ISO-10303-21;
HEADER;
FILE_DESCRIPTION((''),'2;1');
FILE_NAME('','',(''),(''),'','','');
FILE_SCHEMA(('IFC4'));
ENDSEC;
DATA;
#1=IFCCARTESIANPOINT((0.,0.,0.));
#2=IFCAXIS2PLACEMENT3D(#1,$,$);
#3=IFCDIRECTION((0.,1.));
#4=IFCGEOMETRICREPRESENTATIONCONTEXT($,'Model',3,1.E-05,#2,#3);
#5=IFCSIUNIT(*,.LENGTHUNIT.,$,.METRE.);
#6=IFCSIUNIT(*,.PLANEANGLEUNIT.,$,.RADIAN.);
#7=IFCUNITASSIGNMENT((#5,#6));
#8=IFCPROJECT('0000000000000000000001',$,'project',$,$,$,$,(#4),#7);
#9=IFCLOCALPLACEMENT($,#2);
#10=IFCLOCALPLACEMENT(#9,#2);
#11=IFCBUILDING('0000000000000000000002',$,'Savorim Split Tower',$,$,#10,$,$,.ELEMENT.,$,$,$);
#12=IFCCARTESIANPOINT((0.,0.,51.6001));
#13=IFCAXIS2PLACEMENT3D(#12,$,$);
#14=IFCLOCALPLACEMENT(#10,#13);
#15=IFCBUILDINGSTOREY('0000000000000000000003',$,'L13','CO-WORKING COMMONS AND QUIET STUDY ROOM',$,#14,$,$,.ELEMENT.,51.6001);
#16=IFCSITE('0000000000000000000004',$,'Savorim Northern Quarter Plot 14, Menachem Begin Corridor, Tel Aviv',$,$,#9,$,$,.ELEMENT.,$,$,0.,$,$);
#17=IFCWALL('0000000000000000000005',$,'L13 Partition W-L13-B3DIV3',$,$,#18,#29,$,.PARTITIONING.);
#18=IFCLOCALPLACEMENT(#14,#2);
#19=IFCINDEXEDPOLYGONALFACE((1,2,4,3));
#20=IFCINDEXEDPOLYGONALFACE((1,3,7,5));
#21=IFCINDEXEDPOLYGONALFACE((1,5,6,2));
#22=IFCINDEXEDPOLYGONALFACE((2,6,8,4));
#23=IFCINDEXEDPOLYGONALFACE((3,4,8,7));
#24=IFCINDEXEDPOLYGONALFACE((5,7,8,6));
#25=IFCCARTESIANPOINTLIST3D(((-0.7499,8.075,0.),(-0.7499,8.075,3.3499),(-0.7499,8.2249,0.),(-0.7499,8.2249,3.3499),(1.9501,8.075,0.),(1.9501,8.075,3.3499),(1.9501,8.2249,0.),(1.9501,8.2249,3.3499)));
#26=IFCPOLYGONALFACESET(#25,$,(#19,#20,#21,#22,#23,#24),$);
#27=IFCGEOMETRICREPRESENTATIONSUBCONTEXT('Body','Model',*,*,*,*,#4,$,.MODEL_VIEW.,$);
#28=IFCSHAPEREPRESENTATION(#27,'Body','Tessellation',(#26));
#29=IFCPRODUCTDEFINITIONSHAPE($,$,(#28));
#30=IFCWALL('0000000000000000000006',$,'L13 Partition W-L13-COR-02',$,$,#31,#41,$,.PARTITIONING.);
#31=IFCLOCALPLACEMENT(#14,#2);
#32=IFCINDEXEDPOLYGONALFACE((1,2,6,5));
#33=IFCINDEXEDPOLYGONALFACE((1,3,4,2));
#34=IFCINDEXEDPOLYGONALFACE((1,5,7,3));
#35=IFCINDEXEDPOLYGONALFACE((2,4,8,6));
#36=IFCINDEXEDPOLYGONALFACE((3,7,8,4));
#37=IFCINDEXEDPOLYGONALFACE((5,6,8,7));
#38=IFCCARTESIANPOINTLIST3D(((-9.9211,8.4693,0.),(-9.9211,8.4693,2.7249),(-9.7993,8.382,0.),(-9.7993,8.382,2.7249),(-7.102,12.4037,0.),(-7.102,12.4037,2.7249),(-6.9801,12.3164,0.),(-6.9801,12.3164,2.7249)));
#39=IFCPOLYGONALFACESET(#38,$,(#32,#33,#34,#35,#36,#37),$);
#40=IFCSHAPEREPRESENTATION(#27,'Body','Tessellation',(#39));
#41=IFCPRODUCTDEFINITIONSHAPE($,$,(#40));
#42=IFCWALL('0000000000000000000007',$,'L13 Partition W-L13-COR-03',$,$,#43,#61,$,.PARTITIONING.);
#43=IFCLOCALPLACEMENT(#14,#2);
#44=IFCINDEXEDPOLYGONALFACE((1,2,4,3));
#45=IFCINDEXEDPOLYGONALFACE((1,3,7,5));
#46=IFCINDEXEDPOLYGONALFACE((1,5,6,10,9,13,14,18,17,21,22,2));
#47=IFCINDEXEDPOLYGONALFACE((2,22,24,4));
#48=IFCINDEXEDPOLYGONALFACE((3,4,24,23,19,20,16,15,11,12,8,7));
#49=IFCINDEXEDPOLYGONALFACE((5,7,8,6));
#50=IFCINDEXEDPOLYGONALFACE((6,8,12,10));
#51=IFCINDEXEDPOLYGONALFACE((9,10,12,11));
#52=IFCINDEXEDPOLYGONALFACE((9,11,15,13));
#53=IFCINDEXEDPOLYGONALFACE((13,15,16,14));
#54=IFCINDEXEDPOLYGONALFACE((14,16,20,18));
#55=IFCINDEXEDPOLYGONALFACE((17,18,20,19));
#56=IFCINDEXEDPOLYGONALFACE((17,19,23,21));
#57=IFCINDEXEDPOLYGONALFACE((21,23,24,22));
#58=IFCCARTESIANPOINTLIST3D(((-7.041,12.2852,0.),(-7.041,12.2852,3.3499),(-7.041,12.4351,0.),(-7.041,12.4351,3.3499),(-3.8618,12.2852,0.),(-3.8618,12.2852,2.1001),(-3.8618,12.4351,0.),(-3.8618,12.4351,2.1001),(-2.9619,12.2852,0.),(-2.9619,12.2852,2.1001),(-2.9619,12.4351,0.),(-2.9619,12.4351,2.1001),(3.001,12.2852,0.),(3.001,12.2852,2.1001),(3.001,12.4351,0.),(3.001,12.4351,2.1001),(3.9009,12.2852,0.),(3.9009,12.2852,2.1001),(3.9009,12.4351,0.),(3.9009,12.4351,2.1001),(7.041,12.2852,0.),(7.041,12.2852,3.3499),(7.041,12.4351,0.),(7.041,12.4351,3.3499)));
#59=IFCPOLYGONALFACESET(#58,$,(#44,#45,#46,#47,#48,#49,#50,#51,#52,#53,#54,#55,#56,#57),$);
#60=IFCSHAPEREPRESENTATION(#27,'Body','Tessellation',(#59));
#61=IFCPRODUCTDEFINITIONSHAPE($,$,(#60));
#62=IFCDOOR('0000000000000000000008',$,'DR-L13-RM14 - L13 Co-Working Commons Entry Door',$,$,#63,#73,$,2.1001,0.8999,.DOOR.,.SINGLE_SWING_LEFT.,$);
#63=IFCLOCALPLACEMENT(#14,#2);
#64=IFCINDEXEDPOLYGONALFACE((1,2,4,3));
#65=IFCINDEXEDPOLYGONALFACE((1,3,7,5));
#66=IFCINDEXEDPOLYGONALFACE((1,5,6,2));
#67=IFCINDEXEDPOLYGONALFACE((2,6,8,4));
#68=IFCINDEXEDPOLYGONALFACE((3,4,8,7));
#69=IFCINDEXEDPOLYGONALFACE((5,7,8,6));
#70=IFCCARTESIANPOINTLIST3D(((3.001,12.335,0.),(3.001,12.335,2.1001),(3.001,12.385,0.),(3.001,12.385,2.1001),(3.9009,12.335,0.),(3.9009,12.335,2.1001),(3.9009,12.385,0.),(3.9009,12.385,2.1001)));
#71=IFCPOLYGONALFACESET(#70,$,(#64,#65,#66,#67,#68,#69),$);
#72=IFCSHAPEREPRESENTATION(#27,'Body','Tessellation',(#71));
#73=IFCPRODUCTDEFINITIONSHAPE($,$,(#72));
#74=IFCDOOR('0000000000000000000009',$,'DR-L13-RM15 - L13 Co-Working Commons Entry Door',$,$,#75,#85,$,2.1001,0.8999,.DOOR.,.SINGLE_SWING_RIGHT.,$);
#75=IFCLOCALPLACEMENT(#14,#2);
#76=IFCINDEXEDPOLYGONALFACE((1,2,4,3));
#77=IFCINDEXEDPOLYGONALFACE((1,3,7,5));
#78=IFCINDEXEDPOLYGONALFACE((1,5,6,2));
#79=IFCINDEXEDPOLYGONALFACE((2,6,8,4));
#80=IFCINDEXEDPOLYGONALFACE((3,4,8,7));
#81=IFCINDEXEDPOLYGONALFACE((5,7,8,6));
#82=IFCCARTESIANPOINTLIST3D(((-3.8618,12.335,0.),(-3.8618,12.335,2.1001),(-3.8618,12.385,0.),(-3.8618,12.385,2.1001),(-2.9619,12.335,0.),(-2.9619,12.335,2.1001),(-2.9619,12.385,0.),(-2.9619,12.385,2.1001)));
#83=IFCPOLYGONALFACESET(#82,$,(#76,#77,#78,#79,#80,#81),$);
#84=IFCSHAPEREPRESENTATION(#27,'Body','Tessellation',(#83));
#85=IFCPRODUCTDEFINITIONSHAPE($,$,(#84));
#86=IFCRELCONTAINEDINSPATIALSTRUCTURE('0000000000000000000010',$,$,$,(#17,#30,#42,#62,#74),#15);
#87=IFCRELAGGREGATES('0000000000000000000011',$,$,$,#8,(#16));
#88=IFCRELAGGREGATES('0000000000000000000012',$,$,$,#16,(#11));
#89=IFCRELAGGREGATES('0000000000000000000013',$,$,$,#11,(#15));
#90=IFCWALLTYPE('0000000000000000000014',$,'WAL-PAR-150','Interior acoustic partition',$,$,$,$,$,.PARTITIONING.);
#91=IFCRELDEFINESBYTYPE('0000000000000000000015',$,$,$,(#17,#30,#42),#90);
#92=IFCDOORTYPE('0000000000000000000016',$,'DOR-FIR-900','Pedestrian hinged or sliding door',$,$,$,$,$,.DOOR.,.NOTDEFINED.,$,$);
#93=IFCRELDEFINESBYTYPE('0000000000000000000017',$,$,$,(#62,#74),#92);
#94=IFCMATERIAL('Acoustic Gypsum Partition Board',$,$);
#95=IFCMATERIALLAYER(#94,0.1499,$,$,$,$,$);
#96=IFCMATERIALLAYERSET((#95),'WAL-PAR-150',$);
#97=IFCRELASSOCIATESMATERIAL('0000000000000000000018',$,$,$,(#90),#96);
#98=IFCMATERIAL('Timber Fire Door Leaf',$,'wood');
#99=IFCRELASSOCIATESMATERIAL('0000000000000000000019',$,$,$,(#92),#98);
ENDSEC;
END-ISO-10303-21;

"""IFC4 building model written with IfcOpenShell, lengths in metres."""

from ifc_helpers import new_model, si_unit, direction, frame, frame_2d, origin, place, context, subcontext, project, spatial, rectangle, extrude, material, layer, layer_set, type_object, element, fill, save


model = new_model("IFC4")

# Units and contexts
model_context = context("Model", 3, precision=1e-05, world=origin(), true_north=direction((0.0, 1.0)))
body_context = subcontext(model_context, "Body", "Model", "MODEL_VIEW")
ifc_project = project(units=[si_unit("LENGTHUNIT", "METRE"), si_unit("PLANEANGLEUNIT", "RADIAN")], contexts=[model_context])

# Site, building, storey
site_placement = place(None, origin())
site = spatial("IfcSite", under=ifc_project, at=site_placement, Name="Savorim Northern Quarter Plot 14, Menachem Begin Corridor, Tel Aviv", CompositionType="ELEMENT", RefElevation=0.0)
building_placement = place(site_placement, origin())
building = spatial("IfcBuilding", under=site, at=building_placement, Name="Savorim Split Tower", CompositionType="ELEMENT")
storey_placement = place(building_placement, frame((0.0, 0.0, 51.6001)))
storey = spatial("IfcBuildingStorey", under=building, at=storey_placement, Name="L13", Description="CO-WORKING COMMONS AND QUIET STUDY ROOM", CompositionType="ELEMENT", Elevation=51.6001)

# Walls
ifc_material_1 = material(Name="Acoustic Gypsum Partition Board")
ifc_layer_1 = layer(ifc_material_1, 0.1499)
ifc_layer_set_1 = layer_set([ifc_layer_1], Name="WAL-PAR-150")
wall_type_1 = type_object("IfcWallType", Name="WAL-PAR-150", Description="Interior acoustic partition", PredefinedType="PARTITIONING", material=ifc_layer_set_1)
for number, where, z_axis, x_axis, name in (
    (1, (-0.75, 8.1499, 0.0), (0.0, 0.0, 1.0), (1.0, 0.0, 0.0), "L13 Partition W-L13-B3DIV3"),
):
    element("IfcWall", number, at=place(storey_placement, frame(where, z_axis=z_axis, x_axis=x_axis)), inside=storey, type_object=wall_type_1, Name=name, PredefinedType="PARTITIONING", context=body_context, shape_type="SweptSolid", body=[
        extrude(rectangle(XDim=2.7, YDim=0.1499, at=frame_2d((1.3501, 0.0))), origin(), (0.0, 0.0, 1.0), 3.3499),
    ])
wall_1_placement = place(storey_placement, frame((-9.8601, 8.4258, 0.0), z_axis=(0.0, 0.0, 1.0), x_axis=(0.58245, 0.812867, 0.0)))
element("IfcWall", 2, at=wall_1_placement, inside=storey, type_object=wall_type_1, Name="L13 Partition W-L13-COR-02", PredefinedType="PARTITIONING", context=body_context, shape_type="SweptSolid", body=[
    extrude(rectangle(XDim=4.8401, YDim=0.1499, at=frame_2d((2.4199, 0.0))), origin(), (0.0, 0.0, 1.0), 2.7249),
])

# Wall, openings, doors
wall_2_placement = place(storey_placement, frame((-7.041, 12.3601, 0.0), z_axis=(0.0, 0.0, 1.0), x_axis=(1.0, 0.0, 0.0)))
wall_2 = element("IfcWall", 3, at=wall_2_placement, inside=storey, type_object=wall_type_1, Name="L13 Partition W-L13-COR-03", PredefinedType="PARTITIONING", context=body_context, shape_type="SweptSolid", body=[
    extrude(rectangle(XDim=14.082, YDim=0.1499, at=frame_2d((7.041, 0.0))), origin(), (0.0, 0.0, 1.0), 3.3499),
])
opening_1_placement = place(wall_2_placement, frame((10.042, 0.0, 0.0)))
opening_1 = element("IfcOpeningElement", 4, at=opening_1_placement, cuts=wall_2, PredefinedType="OPENING", context=body_context, shape_type="SweptSolid", body=[
    extrude(rectangle(XDim=0.8999, YDim=2.1001, at=frame_2d((0.45, 1.05))), frame((0.0, 0.085, 0.0), z_axis=(0.0, -1.0, 0.0), x_axis=(1.0, 0.0, 0.0)), (0.0, 0.0, 1.0), 0.1699),
])
opening_2_placement = place(wall_2_placement, frame((3.1792, 0.0, 0.0)))
opening_2 = element("IfcOpeningElement", 5, at=opening_2_placement, cuts=wall_2, PredefinedType="OPENING", context=body_context, shape_type="SweptSolid", body=[
    extrude(rectangle(XDim=0.8999, YDim=2.1001, at=frame_2d((0.45, 1.05))), frame((0.0, 0.085, 0.0), z_axis=(0.0, -1.0, 0.0), x_axis=(1.0, 0.0, 0.0)), (0.0, 0.0, 1.0), 0.1699),
])
ifc_material_2 = material(Name="Timber Fire Door Leaf", Category="wood")
door_type_1 = type_object("IfcDoorType", Name="DOR-FIR-900", Description="Pedestrian hinged or sliding door", OperationType="NOTDEFINED", PredefinedType="DOOR", material=ifc_material_2)
door_1_placement = place(opening_1_placement, origin())
door_1 = element("IfcDoor", 6, at=door_1_placement, inside=storey, type_object=door_type_1, Name="DR-L13-RM14 - L13 Co-Working Commons Entry Door", OperationType="SINGLE_SWING_LEFT", OverallHeight=2.1001, OverallWidth=0.8999, PredefinedType="DOOR", context=body_context, shape_type="SweptSolid", body=[
    extrude(rectangle(XDim=0.8999, YDim=2.1001, at=frame_2d((0.45, 1.05))), frame((0.0, 0.0249, 0.0), z_axis=(0.0, -1.0, 0.0), x_axis=(1.0, 0.0, 0.0)), (0.0, 0.0, 1.0), 0.05),
])
fill(opening_1, door_1)
door_2_placement = place(opening_2_placement, origin())
door_2 = element("IfcDoor", 7, at=door_2_placement, inside=storey, type_object=door_type_1, Name="DR-L13-RM15 - L13 Co-Working Commons Entry Door", OperationType="SINGLE_SWING_RIGHT", OverallHeight=2.1001, OverallWidth=0.8999, PredefinedType="DOOR", context=body_context, shape_type="SweptSolid", body=[
    extrude(rectangle(XDim=0.8999, YDim=2.1001, at=frame_2d((0.45, 1.05))), frame((0.0, 0.0249, 0.0), z_axis=(0.0, -1.0, 0.0), x_axis=(1.0, 0.0, 0.0)), (0.0, 0.0, 1.0), 0.05),
])
fill(opening_2, door_2)

save(model, "model.ifc")
